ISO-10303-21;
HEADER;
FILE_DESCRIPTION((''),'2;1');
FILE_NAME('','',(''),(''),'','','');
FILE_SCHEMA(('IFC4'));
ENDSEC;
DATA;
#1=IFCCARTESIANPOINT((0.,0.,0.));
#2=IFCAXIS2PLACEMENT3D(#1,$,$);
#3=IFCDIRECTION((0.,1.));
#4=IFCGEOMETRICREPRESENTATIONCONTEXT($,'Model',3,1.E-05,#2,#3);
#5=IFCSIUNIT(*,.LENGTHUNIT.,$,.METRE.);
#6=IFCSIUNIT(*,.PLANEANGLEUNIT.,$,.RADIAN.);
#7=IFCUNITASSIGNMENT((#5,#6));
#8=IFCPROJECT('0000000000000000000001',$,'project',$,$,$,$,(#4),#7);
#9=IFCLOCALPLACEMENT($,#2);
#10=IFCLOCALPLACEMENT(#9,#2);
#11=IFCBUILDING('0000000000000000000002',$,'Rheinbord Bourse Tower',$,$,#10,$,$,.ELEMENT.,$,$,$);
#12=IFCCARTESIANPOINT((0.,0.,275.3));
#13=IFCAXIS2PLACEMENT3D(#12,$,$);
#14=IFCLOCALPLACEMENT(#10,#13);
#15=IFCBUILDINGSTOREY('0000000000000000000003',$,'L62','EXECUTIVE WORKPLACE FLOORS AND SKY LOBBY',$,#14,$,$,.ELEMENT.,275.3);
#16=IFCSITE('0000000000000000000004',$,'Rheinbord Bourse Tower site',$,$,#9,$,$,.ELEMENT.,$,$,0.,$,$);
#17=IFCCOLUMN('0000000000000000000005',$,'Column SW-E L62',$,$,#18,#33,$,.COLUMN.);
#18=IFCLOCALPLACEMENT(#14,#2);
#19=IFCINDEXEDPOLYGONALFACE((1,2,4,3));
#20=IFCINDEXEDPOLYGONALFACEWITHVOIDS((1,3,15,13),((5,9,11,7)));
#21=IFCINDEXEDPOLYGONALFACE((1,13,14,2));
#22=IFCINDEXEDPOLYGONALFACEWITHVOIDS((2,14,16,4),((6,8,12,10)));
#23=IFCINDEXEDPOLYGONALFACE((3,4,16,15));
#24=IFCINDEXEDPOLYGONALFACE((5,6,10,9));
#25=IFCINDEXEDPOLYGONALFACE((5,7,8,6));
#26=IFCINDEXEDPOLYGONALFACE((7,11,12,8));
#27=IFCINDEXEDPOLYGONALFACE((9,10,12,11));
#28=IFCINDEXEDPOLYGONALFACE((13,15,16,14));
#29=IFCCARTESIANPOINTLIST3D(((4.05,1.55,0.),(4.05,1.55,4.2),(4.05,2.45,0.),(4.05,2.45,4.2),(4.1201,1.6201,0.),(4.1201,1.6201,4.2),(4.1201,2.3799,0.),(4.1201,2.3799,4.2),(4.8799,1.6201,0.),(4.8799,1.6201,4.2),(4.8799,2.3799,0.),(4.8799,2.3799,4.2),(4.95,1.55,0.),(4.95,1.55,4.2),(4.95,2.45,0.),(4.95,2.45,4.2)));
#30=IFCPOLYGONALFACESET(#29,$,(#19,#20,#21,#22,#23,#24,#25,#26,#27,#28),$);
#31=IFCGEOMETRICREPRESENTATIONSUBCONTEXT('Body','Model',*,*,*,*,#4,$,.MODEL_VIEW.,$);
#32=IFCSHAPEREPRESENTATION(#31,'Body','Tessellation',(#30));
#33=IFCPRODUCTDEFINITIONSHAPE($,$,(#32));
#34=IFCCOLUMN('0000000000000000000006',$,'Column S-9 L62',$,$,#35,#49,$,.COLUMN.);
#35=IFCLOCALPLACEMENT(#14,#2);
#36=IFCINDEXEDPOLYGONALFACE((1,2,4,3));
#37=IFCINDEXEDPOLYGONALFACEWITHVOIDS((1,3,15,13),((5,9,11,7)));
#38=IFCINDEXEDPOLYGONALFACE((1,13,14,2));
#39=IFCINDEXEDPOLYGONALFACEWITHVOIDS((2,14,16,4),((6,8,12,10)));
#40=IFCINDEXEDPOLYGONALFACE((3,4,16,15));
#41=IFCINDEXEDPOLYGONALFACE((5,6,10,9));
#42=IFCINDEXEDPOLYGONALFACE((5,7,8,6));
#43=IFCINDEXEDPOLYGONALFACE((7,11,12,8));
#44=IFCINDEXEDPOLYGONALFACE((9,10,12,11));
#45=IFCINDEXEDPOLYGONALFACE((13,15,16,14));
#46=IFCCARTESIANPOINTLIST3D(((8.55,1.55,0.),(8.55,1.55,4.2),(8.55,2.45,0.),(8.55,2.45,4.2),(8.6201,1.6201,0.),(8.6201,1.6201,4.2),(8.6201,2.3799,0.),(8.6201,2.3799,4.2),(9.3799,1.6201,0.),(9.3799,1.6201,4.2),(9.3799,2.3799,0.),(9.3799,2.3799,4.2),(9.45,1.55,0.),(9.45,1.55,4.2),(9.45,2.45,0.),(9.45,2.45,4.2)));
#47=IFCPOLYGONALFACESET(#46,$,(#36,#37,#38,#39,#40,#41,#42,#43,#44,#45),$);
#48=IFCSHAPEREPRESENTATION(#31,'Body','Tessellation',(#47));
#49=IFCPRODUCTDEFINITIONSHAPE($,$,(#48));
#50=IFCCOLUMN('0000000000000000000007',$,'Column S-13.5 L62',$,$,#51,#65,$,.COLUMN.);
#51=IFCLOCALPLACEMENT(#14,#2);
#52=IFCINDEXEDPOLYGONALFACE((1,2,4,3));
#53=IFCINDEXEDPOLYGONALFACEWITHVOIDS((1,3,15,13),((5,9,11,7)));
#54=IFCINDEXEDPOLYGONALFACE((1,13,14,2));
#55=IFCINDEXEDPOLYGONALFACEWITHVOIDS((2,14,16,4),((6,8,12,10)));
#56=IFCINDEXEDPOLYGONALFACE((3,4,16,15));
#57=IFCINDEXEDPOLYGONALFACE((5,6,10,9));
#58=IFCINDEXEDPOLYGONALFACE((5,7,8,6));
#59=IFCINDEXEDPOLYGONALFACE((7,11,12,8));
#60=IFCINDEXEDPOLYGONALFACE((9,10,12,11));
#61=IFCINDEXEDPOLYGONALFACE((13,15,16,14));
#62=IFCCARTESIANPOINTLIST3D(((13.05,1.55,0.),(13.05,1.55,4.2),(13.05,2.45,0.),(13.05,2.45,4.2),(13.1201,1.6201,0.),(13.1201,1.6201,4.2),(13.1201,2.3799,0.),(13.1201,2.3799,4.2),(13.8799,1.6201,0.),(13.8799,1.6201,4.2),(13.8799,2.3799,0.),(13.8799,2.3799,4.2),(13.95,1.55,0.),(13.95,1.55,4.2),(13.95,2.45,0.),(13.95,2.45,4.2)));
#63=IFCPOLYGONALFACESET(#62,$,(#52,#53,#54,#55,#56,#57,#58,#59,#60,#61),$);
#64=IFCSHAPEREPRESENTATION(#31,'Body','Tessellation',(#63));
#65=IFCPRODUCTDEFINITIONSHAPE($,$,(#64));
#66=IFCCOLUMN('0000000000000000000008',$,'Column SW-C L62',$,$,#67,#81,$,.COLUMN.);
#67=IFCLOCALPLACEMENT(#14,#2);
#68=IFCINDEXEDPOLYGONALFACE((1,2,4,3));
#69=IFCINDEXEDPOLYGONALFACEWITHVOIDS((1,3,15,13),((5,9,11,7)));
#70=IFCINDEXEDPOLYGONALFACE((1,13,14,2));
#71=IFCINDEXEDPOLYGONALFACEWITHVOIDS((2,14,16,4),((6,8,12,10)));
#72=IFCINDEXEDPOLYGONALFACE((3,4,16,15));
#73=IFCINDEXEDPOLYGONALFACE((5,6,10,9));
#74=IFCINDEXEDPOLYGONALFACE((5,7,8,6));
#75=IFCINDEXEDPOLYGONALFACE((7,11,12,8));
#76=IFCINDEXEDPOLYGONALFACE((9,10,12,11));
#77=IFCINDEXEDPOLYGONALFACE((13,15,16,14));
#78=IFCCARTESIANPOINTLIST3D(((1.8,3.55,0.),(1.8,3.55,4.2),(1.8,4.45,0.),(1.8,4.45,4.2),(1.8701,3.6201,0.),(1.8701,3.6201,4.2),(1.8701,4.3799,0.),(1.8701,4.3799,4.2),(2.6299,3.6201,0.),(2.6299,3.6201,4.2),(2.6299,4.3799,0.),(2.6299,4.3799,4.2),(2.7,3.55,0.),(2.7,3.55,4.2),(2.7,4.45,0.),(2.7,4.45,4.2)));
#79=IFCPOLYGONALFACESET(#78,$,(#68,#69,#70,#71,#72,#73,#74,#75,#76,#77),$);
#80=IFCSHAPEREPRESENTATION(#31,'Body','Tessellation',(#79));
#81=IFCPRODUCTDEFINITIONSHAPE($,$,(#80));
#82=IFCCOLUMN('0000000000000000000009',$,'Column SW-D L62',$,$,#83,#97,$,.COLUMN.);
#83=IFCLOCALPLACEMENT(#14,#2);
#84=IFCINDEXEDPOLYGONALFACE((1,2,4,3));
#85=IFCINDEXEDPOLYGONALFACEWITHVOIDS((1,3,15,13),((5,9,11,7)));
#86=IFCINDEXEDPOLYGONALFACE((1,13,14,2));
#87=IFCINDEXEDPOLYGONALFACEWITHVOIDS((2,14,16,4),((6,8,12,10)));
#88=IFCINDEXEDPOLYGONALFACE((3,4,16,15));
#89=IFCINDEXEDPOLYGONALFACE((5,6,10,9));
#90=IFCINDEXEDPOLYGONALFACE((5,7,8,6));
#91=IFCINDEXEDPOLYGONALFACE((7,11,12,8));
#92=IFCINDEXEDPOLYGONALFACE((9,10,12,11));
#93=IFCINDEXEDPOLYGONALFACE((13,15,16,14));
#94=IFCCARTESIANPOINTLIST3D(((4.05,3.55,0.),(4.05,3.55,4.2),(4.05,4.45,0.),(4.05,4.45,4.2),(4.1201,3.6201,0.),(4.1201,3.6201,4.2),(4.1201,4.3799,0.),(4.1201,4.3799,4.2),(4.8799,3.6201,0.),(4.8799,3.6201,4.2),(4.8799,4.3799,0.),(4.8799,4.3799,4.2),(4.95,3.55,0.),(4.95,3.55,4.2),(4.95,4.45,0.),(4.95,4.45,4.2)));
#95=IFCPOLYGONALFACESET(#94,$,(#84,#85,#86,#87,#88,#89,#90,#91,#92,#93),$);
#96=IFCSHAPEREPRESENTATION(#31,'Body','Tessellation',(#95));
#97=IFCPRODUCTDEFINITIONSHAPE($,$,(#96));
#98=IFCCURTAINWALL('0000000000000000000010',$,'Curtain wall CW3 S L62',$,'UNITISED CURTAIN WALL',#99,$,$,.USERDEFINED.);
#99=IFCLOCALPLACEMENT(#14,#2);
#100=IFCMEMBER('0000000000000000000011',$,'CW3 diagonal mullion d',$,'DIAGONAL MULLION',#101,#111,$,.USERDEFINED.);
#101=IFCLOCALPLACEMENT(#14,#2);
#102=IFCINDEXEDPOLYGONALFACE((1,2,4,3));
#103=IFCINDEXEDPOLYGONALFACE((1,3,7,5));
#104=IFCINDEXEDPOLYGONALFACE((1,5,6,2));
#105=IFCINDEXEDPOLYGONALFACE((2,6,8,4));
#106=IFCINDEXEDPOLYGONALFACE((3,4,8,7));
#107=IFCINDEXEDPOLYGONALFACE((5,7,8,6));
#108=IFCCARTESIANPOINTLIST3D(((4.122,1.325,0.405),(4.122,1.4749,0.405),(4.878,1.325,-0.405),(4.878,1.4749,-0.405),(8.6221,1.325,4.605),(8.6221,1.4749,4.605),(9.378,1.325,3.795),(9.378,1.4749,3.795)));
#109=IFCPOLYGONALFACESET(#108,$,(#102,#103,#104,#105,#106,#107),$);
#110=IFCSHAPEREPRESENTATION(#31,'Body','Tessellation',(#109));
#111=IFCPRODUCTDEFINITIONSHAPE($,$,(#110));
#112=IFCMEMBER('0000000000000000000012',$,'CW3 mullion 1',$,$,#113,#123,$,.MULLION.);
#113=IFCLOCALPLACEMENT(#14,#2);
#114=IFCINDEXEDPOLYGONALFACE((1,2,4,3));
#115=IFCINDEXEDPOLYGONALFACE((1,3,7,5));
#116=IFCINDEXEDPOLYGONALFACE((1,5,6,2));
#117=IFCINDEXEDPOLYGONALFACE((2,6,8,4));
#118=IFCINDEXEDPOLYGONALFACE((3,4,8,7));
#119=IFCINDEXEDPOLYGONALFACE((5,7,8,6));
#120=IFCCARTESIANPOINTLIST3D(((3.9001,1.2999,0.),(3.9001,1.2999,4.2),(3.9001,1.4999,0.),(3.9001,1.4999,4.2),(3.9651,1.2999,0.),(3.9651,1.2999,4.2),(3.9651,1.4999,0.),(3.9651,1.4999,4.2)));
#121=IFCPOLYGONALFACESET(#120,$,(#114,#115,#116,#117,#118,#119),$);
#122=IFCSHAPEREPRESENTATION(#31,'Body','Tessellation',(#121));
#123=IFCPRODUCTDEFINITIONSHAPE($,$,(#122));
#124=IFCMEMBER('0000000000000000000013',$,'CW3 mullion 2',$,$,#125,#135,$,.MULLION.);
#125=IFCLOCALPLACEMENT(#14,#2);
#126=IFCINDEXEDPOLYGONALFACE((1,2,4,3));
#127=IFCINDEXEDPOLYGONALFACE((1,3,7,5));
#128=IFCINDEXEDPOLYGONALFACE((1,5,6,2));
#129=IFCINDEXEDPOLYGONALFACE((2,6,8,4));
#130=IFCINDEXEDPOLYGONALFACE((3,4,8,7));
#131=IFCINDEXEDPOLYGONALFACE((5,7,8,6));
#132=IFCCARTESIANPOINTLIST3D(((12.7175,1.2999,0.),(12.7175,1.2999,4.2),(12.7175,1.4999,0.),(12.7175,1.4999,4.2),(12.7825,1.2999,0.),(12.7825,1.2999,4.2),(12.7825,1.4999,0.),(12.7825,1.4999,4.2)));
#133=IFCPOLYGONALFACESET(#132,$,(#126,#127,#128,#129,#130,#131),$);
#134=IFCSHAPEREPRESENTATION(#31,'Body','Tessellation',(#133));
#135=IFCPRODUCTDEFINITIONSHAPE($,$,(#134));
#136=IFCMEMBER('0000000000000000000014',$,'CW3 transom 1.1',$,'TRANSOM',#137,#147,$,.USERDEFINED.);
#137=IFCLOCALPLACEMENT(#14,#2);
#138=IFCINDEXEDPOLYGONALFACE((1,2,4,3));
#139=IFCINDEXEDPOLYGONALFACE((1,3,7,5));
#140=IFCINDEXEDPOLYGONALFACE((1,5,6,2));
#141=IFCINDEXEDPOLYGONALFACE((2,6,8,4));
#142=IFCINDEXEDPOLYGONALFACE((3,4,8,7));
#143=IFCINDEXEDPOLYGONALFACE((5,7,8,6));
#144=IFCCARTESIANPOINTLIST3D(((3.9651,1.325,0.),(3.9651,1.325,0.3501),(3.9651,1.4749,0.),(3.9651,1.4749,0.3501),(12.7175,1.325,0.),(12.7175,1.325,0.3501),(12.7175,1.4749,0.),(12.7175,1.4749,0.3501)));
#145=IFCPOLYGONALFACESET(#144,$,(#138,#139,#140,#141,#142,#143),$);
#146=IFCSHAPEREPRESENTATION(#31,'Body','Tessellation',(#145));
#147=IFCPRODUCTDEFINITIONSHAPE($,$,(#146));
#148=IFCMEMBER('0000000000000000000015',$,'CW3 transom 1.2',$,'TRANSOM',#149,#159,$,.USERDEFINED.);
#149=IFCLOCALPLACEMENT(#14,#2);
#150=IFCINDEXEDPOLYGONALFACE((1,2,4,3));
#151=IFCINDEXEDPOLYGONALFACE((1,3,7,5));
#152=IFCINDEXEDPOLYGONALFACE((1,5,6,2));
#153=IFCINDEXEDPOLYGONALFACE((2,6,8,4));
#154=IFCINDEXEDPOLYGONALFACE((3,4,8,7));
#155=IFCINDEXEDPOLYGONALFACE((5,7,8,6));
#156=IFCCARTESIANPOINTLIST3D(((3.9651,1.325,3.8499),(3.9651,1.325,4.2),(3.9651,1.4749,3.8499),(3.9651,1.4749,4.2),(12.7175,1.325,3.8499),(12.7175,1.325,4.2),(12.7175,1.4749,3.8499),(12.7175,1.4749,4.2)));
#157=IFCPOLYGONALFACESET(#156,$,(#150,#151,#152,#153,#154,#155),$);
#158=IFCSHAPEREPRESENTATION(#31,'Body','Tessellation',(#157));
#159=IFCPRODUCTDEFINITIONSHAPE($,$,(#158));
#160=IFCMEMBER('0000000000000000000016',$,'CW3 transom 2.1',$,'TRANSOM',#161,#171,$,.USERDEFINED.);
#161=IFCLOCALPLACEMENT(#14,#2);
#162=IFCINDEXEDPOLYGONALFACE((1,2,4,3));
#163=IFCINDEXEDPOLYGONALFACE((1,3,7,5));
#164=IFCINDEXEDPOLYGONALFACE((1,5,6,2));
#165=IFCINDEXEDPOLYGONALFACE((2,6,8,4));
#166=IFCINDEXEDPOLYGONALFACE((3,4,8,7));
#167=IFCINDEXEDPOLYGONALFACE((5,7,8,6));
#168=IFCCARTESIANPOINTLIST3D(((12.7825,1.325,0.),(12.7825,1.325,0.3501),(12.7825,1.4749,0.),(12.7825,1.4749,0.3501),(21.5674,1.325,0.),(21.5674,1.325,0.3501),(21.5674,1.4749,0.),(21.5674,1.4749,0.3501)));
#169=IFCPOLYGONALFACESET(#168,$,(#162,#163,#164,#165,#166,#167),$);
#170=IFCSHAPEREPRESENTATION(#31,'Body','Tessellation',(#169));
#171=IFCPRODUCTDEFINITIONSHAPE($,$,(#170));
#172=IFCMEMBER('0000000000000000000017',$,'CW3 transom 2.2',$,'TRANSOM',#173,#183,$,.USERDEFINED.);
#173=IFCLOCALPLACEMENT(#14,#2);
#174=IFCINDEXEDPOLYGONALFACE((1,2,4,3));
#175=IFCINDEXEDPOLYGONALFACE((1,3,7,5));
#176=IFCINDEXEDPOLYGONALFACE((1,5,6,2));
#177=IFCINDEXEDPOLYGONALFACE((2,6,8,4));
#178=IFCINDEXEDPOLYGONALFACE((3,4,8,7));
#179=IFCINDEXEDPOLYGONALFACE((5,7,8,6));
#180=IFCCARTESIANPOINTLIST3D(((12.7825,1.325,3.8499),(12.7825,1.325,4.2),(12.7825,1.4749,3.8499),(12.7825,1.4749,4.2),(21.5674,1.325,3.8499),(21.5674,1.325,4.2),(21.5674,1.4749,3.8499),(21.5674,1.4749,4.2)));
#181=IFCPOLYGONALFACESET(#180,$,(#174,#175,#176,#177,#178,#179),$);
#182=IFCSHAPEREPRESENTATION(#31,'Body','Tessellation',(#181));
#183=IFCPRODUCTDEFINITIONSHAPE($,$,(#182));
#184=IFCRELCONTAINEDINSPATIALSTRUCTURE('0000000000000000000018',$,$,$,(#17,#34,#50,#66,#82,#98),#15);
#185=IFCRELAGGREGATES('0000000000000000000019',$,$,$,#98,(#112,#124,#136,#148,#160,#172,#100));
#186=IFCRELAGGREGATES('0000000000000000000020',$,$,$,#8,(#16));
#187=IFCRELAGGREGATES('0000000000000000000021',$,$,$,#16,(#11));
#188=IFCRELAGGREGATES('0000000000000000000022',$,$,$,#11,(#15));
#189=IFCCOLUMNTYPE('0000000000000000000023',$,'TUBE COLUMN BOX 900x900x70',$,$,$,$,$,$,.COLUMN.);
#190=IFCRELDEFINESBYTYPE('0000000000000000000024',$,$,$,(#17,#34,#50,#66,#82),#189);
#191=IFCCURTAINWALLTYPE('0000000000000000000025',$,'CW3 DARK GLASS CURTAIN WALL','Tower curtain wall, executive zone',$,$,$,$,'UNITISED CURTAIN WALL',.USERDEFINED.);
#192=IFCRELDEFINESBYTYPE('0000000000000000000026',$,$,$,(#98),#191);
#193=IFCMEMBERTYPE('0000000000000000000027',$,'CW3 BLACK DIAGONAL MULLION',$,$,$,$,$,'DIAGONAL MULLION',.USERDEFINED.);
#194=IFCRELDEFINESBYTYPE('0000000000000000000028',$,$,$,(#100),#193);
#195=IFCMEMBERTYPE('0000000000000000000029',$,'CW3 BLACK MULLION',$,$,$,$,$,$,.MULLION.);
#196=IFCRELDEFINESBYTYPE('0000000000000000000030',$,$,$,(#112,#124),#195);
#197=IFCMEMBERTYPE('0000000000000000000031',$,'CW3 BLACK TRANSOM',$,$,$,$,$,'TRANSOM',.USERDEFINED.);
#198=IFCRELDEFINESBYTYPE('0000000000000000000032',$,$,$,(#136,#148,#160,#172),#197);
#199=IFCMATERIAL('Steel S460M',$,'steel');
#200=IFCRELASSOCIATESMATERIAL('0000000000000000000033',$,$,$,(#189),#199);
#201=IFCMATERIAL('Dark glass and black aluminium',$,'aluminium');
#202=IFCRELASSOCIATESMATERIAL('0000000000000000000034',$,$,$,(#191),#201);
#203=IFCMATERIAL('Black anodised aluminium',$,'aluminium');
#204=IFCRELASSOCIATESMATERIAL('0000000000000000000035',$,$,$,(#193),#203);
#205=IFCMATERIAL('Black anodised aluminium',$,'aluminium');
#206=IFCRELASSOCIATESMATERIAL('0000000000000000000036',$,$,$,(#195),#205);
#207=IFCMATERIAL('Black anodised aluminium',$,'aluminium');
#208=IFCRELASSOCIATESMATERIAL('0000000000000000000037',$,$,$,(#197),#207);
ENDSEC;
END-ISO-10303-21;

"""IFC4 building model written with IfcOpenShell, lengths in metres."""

from ifc_helpers import new_model, si_unit, direction, frame, origin, origin_2d, place, context, subcontext, project, spatial, rectangle, hollow_rectangle, extrude, material, material_profile, profile_set, type_object, element, aggregate, save


model = new_model("IFC4")

# Units and contexts
model_context = context("Model", 3, precision=1e-05, world=origin(), true_north=direction((0.0, 1.0)))
body_context = subcontext(model_context, "Body", "Model", "MODEL_VIEW")
ifc_project = project(units=[si_unit("LENGTHUNIT", "METRE"), si_unit("PLANEANGLEUNIT", "RADIAN")], contexts=[model_context])

# Site, building, storey
site_placement = place(None, origin())
site = spatial("IfcSite", under=ifc_project, at=site_placement, Name="Rheinbord Bourse Tower site", CompositionType="ELEMENT", RefElevation=0.0)
building_placement = place(site_placement, origin())
building = spatial("IfcBuilding", under=site, at=building_placement, Name="Rheinbord Bourse Tower", CompositionType="ELEMENT")
storey_placement = place(building_placement, frame((0.0, 0.0, 275.3)))
storey = spatial("IfcBuildingStorey", under=building, at=storey_placement, Name="L62", Description="EXECUTIVE WORKPLACE FLOORS AND SKY LOBBY", CompositionType="ELEMENT", Elevation=275.3)

# Columns
ifc_material_1 = material(Name="Steel S460M", Category="steel")
ifc_material_profile_1 = material_profile(ifc_material_1, hollow_rectangle(XDim=0.8999, YDim=0.8999, WallThickness=0.0701, at=origin_2d()), Name="BOX 900x900x70")
ifc_profile_set_1 = profile_set([ifc_material_profile_1], Name="Steel S460M")
column_type = type_object("IfcColumnType", Name="TUBE COLUMN BOX 900x900x70", PredefinedType="COLUMN", material=ifc_profile_set_1)
for number, where, z_axis, x_axis, name in (
    (1, (4.5, 2.0, 0.0), (0.0, 0.0, 1.0), (0.0, 1.0, 0.0), "Column SW-E L62"),
    (2, (9.0, 2.0, 0.0), (0.0, 0.0, 1.0), (0.0, 1.0, 0.0), "Column S-9 L62"),
    (3, (13.5, 2.0, 0.0), (0.0, 0.0, 1.0), (0.0, 1.0, 0.0), "Column S-13.5 L62"),
    (4, (2.25, 4.0, 0.0), (0.0, 0.0, 1.0), (1.0, 0.0, 0.0), "Column SW-C L62"),
    (5, (4.5, 4.0, 0.0), (0.0, 0.0, 1.0), (0.0, 1.0, 0.0), "Column SW-D L62"),
):
    element("IfcColumn", number, at=place(storey_placement, frame(where, z_axis=z_axis, x_axis=x_axis)), inside=storey, type_object=column_type, Name=name, PredefinedType="COLUMN", context=body_context, shape_type="SweptSolid", body=[
        extrude(hollow_rectangle(XDim=0.8999, YDim=0.8999, WallThickness=0.0701, at=origin_2d()), origin(), (0.0, 0.0, 1.0), 4.2),
    ])

# Curtain wall, members
ifc_material_2 = material(Name="Dark glass and black aluminium", Category="aluminium")
curtain_wall_type = type_object("IfcCurtainWallType", Name="CW3 DARK GLASS CURTAIN WALL", Description="Tower curtain wall, executive zone", ElementType="UNITISED CURTAIN WALL", PredefinedType="USERDEFINED", material=ifc_material_2)
curtain_wall_placement = place(storey_placement, origin())
curtain_wall = element("IfcCurtainWall", 6, at=curtain_wall_placement, inside=storey, type_object=curtain_wall_type, Name="Curtain wall CW3 S L62", ObjectType="UNITISED CURTAIN WALL", PredefinedType="USERDEFINED")
ifc_material_3 = material(Name="Black anodised aluminium", Category="aluminium")
ifc_material_profile_2 = material_profile(ifc_material_3, rectangle(XDim=0.1499, YDim=1.1079, at=origin_2d()), Name="CW3 DIAGONAL MULLION 1108x150")
ifc_profile_set_2 = profile_set([ifc_material_profile_2], Name="Black anodised aluminium")
member_type_1 = type_object("IfcMemberType", Name="CW3 BLACK DIAGONAL MULLION", ElementType="DIAGONAL MULLION", PredefinedType="USERDEFINED", material=ifc_profile_set_2)
member_1_placement = place(storey_placement, frame((4.5, 1.3999, 0.0), z_axis=(0.731059, 0.0, 0.682314), x_axis=(0.0, 1.0, 0.0)))
member_1 = element("IfcMember", 7, at=member_1_placement, type_object=member_type_1, Name="CW3 diagonal mullion d", ObjectType="DIAGONAL MULLION", PredefinedType="USERDEFINED", context=body_context, shape_type="SweptSolid", body=[
    extrude(rectangle(XDim=0.1499, YDim=1.1079, at=origin_2d()), origin(), (0.0, 0.0, 1.0), 6.1555),
])
ifc_material_4 = material(Name="Black anodised aluminium", Category="aluminium")
ifc_material_profile_3 = material_profile(ifc_material_4, rectangle(XDim=0.2, YDim=0.0649, at=origin_2d()), Name="CW3 MULLION 65x200")
ifc_profile_set_3 = profile_set([ifc_material_profile_3], Name="Black anodised aluminium")
member_type_2 = type_object("IfcMemberType", Name="CW3 BLACK MULLION", PredefinedType="MULLION", material=ifc_profile_set_3)
member_2_placement = place(storey_placement, frame((3.9326, 1.3999, 0.0), z_axis=(0.0, 0.0, 1.0), x_axis=(0.0, 1.0, 0.0)))
member_2 = element("IfcMember", 8, at=member_2_placement, type_object=member_type_2, Name="CW3 mullion 1", PredefinedType="MULLION", context=body_context, shape_type="SweptSolid", body=[
    extrude(rectangle(XDim=0.2, YDim=0.0649, at=origin_2d()), origin(), (0.0, 0.0, 1.0), 4.2),
])
member_3_placement = place(storey_placement, frame((12.75, 1.3999, 0.0), z_axis=(0.0, 0.0, 1.0), x_axis=(0.0, 1.0, 0.0)))
member_3 = element("IfcMember", 9, at=member_3_placement, type_object=member_type_2, Name="CW3 mullion 2", PredefinedType="MULLION", context=body_context, shape_type="SweptSolid", body=[
    extrude(rectangle(XDim=0.2, YDim=0.0649, at=origin_2d()), origin(), (0.0, 0.0, 1.0), 4.2),
])
ifc_material_5 = material(Name="Black anodised aluminium", Category="aluminium")
ifc_material_profile_4 = material_profile(ifc_material_5, rectangle(XDim=0.1499, YDim=0.3501, at=origin_2d()), Name="CW3 TRANSOM 350x150")
ifc_profile_set_4 = profile_set([ifc_material_profile_4], Name="Black anodised aluminium")
member_type_3 = type_object("IfcMemberType", Name="CW3 BLACK TRANSOM", ElementType="TRANSOM", PredefinedType="USERDEFINED", material=ifc_profile_set_4)
member_4_placement = place(storey_placement, frame((3.9651, 1.3999, 0.175), z_axis=(1.0, 0.0, 0.0), x_axis=(0.0, 1.0, 0.0)))
member_4 = element("IfcMember", 10, at=member_4_placement, type_object=member_type_3, Name="CW3 transom 1.1", ObjectType="TRANSOM", PredefinedType="USERDEFINED", context=body_context, shape_type="SweptSolid", body=[
    extrude(rectangle(XDim=0.1499, YDim=0.3501, at=origin_2d()), origin(), (0.0, 0.0, 1.0), 8.7524),
])
member_5_placement = place(storey_placement, frame((3.9651, 1.3999, 4.0249), z_axis=(1.0, 0.0, 0.0), x_axis=(0.0, 1.0, 0.0)))
member_5 = element("IfcMember", 11, at=member_5_placement, type_object=member_type_3, Name="CW3 transom 1.2", ObjectType="TRANSOM", PredefinedType="USERDEFINED", context=body_context, shape_type="SweptSolid", body=[
    extrude(rectangle(XDim=0.1499, YDim=0.3501, at=origin_2d()), origin(), (0.0, 0.0, 1.0), 8.7524),
])
member_6_placement = place(storey_placement, frame((12.7825, 1.3999, 0.175), z_axis=(1.0, 0.0, 0.0), x_axis=(0.0, 1.0, 0.0)))
member_6 = element("IfcMember", 12, at=member_6_placement, type_object=member_type_3, Name="CW3 transom 2.1", ObjectType="TRANSOM", PredefinedType="USERDEFINED", context=body_context, shape_type="SweptSolid", body=[
    extrude(rectangle(XDim=0.1499, YDim=0.3501, at=origin_2d()), origin(), (0.0, 0.0, 1.0), 8.7849),
])
member_7_placement = place(storey_placement, frame((12.7825, 1.3999, 4.0249), z_axis=(1.0, 0.0, 0.0), x_axis=(0.0, 1.0, 0.0)))
member_7 = element("IfcMember", 13, at=member_7_placement, type_object=member_type_3, Name="CW3 transom 2.2", ObjectType="TRANSOM", PredefinedType="USERDEFINED", context=body_context, shape_type="SweptSolid", body=[
    extrude(rectangle(XDim=0.1499, YDim=0.3501, at=origin_2d()), origin(), (0.0, 0.0, 1.0), 8.7849),
])

aggregate(curtain_wall, [member_2, member_3, member_4, member_5, member_6, member_7, member_1])

save(model, "model.ifc")
